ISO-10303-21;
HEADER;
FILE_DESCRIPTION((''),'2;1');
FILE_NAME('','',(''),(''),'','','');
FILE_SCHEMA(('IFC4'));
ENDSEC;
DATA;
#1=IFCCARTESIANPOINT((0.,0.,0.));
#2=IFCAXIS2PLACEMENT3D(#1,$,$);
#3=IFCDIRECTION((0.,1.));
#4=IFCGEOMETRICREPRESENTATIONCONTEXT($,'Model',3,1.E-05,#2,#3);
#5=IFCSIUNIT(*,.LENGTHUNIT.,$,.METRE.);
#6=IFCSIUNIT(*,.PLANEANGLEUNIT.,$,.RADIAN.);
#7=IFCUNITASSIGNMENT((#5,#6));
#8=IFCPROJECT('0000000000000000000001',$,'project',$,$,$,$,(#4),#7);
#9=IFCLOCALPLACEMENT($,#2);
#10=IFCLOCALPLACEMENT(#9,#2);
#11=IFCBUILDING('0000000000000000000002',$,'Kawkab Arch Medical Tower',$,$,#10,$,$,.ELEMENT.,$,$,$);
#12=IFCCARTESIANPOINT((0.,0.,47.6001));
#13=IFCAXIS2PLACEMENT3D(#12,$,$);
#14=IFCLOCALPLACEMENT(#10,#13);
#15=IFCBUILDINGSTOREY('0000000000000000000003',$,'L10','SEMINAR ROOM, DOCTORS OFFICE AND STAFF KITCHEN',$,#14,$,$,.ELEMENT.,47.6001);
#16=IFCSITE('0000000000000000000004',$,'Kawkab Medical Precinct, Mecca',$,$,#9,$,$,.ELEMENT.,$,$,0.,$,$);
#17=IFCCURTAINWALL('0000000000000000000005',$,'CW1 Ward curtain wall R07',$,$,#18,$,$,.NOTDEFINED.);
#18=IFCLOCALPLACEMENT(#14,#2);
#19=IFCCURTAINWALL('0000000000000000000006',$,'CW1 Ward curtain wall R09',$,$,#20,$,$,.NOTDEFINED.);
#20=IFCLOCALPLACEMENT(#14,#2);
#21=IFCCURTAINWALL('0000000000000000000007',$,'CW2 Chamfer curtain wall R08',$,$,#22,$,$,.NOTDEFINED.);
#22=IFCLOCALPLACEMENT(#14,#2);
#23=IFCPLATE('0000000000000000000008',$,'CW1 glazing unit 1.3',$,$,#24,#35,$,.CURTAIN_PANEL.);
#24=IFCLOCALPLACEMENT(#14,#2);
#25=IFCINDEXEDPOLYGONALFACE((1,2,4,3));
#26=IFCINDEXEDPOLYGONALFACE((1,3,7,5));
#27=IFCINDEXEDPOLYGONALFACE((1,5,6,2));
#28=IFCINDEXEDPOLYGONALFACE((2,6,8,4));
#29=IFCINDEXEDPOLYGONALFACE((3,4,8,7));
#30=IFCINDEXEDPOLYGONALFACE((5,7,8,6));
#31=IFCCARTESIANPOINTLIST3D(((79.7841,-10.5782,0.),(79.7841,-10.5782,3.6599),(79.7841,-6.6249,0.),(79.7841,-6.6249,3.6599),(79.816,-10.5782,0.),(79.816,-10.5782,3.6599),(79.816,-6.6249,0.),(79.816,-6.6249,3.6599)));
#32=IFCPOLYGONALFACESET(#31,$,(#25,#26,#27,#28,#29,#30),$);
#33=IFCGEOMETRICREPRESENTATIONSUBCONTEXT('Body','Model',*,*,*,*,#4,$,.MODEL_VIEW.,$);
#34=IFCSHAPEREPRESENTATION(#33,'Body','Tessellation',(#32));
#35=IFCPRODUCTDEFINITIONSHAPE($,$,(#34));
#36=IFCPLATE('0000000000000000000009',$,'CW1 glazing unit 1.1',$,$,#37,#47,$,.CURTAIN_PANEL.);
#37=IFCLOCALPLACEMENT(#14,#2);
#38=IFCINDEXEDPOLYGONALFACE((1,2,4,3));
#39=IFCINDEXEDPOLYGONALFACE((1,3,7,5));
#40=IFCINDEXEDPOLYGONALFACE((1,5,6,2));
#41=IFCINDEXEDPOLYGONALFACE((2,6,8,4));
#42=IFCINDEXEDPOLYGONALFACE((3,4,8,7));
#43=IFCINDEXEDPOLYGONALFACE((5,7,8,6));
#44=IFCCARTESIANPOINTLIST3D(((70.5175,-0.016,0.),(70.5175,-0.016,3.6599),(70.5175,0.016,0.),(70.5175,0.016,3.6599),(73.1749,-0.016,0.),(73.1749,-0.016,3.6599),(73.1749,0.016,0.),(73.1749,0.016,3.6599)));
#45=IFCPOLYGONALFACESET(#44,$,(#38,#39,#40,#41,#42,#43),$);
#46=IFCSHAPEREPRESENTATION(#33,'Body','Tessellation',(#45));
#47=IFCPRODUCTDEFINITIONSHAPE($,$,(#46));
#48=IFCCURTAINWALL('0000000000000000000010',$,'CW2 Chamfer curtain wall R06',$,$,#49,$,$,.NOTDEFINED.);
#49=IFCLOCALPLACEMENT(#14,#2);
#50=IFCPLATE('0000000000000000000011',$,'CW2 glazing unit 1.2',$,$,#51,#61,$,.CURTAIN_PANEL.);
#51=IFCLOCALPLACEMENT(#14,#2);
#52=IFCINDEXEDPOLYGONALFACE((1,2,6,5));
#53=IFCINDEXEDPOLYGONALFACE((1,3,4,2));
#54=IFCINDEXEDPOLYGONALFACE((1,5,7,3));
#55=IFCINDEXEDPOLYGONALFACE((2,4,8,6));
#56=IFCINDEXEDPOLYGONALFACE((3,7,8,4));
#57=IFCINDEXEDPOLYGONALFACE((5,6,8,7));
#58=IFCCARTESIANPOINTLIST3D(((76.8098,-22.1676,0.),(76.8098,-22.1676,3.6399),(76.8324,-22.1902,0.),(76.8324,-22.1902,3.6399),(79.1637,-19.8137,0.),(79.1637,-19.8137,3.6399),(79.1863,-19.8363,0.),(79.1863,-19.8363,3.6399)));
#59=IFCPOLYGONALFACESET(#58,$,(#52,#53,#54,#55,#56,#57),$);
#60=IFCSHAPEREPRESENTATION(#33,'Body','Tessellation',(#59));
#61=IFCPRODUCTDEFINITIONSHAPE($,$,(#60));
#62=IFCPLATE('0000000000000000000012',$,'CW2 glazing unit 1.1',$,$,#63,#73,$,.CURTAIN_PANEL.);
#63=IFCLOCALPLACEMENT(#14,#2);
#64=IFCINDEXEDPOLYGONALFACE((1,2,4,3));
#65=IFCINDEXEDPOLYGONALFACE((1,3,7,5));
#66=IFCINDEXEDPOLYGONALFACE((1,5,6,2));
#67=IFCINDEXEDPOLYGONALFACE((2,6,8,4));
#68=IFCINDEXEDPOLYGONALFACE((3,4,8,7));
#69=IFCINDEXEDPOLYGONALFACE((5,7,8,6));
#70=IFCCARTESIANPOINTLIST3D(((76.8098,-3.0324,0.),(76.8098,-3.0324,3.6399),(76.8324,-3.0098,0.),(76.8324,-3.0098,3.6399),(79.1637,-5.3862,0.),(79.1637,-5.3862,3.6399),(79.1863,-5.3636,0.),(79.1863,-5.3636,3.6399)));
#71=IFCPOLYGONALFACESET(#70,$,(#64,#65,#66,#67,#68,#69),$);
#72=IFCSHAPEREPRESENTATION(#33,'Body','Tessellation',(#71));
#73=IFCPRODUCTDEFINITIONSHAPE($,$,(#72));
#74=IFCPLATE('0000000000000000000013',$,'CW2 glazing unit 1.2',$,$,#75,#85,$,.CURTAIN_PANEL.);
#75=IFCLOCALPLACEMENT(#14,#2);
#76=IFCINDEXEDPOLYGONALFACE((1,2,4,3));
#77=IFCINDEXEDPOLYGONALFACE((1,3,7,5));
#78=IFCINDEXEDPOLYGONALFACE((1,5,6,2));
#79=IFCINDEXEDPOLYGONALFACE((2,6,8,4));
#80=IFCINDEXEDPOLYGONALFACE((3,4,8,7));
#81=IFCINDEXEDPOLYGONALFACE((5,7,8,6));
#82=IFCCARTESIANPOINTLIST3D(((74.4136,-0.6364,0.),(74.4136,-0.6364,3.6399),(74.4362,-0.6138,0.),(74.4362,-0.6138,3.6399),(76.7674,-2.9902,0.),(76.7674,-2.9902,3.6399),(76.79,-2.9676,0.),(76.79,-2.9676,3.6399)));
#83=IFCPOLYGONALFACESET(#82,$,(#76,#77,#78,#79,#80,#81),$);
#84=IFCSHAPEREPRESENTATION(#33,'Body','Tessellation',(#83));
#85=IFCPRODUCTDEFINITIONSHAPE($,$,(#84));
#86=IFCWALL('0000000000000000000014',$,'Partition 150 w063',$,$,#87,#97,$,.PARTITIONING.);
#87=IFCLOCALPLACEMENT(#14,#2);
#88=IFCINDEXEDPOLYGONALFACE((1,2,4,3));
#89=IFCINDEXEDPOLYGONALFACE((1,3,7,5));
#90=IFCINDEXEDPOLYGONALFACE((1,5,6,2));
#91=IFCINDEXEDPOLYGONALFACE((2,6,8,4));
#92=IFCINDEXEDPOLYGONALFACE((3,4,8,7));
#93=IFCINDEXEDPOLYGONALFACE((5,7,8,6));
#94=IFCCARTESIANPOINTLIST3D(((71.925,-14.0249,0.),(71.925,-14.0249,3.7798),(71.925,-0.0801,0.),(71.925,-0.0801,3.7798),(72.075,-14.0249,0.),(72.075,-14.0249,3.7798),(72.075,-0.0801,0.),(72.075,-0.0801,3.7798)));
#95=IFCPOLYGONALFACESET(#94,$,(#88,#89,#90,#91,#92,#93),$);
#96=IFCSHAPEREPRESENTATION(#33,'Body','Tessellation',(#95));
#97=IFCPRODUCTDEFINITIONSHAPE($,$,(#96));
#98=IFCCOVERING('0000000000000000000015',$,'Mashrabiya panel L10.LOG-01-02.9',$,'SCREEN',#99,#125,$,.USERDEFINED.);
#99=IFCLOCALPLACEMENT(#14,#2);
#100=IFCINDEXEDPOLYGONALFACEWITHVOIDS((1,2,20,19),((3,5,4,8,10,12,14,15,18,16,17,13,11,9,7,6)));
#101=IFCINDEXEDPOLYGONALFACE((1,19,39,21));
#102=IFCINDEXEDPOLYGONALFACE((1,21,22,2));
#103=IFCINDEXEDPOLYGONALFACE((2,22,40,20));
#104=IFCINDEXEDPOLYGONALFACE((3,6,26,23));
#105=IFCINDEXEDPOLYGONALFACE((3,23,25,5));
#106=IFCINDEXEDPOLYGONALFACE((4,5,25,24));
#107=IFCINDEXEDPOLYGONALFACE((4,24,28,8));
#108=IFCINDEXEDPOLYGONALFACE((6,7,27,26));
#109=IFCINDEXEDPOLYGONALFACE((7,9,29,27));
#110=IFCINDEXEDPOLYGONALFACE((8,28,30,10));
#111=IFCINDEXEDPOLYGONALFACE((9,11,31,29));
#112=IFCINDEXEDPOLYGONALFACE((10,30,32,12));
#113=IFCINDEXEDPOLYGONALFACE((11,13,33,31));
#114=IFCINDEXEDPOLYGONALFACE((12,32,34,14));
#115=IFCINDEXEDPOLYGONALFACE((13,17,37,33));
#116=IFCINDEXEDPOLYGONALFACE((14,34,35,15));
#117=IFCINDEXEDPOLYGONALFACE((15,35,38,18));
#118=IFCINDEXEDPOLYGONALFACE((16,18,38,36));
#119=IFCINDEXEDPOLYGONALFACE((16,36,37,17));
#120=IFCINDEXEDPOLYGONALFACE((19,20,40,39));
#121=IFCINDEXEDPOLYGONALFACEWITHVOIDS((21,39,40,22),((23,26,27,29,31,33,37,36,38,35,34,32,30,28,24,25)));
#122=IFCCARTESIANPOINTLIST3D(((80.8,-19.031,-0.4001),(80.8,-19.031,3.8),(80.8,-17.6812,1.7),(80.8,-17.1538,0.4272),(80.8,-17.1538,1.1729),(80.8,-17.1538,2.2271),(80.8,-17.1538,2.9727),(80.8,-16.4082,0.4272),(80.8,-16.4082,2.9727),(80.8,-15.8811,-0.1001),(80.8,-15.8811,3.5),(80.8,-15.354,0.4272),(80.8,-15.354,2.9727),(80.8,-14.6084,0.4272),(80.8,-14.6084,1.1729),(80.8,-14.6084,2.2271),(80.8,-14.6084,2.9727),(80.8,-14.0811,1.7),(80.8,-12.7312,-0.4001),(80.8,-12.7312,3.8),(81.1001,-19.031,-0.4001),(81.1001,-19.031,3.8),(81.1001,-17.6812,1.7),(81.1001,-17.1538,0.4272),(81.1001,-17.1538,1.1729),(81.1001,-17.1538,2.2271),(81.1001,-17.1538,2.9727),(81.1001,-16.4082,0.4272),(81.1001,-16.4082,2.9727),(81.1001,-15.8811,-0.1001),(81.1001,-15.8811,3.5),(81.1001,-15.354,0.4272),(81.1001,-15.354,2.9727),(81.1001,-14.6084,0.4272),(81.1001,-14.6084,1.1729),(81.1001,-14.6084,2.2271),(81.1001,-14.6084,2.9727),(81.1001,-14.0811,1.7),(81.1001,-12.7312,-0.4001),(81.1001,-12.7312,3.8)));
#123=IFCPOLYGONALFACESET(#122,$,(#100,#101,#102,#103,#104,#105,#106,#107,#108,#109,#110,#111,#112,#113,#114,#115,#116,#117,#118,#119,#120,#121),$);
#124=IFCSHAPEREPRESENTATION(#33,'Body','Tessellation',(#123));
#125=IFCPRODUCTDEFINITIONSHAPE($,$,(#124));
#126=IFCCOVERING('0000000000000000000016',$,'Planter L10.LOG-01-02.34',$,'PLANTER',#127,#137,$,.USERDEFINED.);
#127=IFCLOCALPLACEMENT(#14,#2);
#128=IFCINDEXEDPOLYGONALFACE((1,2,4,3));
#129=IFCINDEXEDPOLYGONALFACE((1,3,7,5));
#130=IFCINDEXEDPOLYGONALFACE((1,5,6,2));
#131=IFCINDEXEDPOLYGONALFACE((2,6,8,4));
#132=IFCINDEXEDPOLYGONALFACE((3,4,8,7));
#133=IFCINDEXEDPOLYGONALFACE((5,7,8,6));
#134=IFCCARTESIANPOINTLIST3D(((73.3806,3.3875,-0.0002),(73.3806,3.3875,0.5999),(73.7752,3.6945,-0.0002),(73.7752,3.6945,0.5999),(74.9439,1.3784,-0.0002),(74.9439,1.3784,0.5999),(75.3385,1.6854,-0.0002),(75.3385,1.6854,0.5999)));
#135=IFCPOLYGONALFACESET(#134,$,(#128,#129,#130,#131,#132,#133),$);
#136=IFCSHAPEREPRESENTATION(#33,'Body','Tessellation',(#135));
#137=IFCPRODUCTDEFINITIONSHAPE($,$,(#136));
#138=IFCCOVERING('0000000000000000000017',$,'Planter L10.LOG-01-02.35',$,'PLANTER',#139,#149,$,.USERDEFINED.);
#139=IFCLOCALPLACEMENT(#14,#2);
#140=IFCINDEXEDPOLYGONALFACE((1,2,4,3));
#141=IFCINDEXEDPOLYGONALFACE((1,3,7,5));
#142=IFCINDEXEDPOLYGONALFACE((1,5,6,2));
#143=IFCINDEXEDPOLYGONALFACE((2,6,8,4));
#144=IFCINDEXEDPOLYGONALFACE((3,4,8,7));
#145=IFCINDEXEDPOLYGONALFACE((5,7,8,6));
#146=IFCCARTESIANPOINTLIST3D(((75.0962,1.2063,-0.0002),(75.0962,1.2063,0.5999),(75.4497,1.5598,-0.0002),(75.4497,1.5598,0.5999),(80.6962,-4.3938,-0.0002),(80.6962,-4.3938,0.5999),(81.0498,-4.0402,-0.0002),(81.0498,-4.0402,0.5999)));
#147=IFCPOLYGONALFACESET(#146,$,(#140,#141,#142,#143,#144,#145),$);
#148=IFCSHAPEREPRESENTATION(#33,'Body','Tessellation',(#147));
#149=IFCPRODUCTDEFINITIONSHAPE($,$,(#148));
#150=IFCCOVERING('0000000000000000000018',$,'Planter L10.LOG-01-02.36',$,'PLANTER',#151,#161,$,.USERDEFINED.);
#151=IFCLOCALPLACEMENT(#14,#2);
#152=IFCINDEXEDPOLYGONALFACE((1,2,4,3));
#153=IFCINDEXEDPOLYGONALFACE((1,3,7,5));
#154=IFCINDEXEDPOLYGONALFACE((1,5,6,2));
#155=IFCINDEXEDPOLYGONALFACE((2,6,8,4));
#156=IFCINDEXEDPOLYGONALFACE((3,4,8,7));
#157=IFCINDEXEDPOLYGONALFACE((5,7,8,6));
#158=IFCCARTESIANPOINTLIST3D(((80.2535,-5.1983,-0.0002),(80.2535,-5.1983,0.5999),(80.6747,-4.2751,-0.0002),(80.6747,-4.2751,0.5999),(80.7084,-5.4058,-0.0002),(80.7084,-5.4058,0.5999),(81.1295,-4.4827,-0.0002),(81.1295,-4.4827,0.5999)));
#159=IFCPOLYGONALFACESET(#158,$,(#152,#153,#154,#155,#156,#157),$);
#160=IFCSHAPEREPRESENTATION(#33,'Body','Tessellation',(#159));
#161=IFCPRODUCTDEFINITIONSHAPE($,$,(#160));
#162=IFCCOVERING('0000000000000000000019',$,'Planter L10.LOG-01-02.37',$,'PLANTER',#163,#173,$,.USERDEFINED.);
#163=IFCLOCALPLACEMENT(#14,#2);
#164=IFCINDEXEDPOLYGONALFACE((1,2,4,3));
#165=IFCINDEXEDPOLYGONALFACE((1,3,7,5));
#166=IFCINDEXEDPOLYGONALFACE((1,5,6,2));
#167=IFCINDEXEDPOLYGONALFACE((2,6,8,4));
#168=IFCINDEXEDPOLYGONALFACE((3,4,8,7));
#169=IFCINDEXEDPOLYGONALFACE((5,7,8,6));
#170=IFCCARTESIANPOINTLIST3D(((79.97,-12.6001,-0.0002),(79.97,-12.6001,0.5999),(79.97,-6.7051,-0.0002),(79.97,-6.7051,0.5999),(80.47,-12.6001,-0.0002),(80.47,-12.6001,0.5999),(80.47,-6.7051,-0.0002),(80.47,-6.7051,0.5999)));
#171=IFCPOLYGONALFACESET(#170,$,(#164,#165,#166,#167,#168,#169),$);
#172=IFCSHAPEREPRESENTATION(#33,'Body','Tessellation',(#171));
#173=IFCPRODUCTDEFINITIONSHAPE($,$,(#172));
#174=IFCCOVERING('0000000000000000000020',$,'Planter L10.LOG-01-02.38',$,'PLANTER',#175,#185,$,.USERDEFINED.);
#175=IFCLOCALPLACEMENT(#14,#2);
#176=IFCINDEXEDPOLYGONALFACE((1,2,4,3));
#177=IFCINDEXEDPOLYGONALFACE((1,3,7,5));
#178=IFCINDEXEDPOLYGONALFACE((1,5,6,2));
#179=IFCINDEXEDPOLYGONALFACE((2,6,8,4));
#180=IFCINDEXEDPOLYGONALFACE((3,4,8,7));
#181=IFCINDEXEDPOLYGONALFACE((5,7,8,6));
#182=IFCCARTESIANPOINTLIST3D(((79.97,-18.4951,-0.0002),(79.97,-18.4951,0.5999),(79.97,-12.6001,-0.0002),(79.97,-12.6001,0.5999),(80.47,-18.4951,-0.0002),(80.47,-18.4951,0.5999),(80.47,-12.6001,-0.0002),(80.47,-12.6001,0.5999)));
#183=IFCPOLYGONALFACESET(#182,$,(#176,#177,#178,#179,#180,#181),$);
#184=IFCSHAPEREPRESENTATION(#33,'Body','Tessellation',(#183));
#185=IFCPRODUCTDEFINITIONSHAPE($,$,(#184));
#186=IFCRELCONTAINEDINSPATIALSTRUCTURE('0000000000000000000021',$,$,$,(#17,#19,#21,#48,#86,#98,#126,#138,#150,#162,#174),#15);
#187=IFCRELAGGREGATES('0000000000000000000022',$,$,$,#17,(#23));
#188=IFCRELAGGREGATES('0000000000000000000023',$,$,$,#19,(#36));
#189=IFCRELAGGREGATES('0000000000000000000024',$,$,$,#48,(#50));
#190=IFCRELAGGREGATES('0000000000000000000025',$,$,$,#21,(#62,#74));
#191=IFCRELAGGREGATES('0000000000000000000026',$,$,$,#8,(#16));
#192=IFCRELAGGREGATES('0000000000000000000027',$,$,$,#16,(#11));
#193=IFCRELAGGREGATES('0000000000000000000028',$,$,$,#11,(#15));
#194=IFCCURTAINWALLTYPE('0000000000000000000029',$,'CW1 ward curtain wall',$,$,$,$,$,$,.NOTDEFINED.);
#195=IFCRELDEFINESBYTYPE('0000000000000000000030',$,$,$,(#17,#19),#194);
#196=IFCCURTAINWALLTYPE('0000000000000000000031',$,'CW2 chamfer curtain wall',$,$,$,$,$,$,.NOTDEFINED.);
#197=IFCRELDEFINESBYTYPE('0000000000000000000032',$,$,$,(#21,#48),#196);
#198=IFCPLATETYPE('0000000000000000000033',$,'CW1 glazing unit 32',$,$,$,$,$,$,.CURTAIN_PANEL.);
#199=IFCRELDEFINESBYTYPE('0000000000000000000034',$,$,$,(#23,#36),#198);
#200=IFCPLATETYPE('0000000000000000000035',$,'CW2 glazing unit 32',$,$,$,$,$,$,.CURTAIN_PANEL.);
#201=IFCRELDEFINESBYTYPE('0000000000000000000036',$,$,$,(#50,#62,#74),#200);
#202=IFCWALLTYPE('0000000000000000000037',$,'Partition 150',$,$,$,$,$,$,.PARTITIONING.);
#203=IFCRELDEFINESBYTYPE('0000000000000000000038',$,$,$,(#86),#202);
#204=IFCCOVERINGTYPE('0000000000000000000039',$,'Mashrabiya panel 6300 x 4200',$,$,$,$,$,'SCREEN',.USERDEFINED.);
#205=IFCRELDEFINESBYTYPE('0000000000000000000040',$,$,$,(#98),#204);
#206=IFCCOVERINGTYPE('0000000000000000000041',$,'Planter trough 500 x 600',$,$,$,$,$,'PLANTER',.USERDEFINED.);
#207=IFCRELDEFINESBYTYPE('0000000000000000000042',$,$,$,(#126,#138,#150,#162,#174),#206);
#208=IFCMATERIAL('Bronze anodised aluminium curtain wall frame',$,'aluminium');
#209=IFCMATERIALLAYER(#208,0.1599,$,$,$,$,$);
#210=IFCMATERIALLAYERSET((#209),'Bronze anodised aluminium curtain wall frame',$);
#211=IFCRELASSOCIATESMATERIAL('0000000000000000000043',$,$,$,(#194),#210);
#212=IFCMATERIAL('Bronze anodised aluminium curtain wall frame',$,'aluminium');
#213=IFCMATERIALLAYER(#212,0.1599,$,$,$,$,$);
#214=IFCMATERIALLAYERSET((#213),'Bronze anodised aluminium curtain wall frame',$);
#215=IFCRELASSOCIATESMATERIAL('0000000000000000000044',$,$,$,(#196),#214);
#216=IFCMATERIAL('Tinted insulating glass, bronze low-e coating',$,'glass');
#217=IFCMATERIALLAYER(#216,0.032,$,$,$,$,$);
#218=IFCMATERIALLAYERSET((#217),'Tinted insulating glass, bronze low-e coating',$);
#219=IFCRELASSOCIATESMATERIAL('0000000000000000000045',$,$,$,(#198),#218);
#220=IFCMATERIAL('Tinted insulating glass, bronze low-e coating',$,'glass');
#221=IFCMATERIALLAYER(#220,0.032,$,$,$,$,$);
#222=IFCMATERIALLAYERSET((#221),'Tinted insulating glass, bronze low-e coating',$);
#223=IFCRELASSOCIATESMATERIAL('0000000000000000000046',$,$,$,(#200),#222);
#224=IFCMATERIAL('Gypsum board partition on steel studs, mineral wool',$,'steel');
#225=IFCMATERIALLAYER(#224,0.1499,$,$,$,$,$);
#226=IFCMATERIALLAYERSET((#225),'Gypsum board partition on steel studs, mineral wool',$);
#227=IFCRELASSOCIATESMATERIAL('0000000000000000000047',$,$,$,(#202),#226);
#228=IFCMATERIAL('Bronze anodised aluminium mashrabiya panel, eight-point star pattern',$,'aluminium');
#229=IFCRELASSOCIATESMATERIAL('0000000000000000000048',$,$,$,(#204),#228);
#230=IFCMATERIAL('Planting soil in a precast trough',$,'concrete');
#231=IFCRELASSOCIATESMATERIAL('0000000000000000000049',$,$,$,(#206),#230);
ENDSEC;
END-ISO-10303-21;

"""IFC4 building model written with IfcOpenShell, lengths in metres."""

from ifc_helpers import new_model, si_unit, direction, frame, frame_2d, origin, origin_2d, place, context, subcontext, project, spatial, polyline, rectangle, outline, extrude, material, layer, layer_set, material_profile, profile_set, type_object, element, aggregate, save


model = new_model("IFC4")

# Units and contexts
model_context = context("Model", 3, precision=1e-05, world=origin(), true_north=direction((0.0, 1.0)))
body_context = subcontext(model_context, "Body", "Model", "MODEL_VIEW")
ifc_project = project(units=[si_unit("LENGTHUNIT", "METRE"), si_unit("PLANEANGLEUNIT", "RADIAN")], contexts=[model_context])

# Site, building, storey
site_placement = place(None, origin())
site = spatial("IfcSite", under=ifc_project, at=site_placement, Name="Kawkab Medical Precinct, Mecca", CompositionType="ELEMENT", RefElevation=0.0)
building_placement = place(site_placement, origin())
building = spatial("IfcBuilding", under=site, at=building_placement, Name="Kawkab Arch Medical Tower", CompositionType="ELEMENT")
storey_placement = place(building_placement, frame((0.0, 0.0, 47.6001)))
storey = spatial("IfcBuildingStorey", under=building, at=storey_placement, Name="L10", Description="SEMINAR ROOM, DOCTORS OFFICE AND STAFF KITCHEN", CompositionType="ELEMENT", Elevation=47.6001)

# Curtain wall
ifc_material_1 = material(Name="Bronze anodised aluminium curtain wall frame", Category="aluminium")
ifc_layer_1 = layer(ifc_material_1, 0.1599)
ifc_layer_set_1 = layer_set([ifc_layer_1], Name="Bronze anodised aluminium curtain wall frame")
curtain_wall_type_1 = type_object("IfcCurtainWallType", Name="CW1 ward curtain wall", PredefinedType="NOTDEFINED", material=ifc_layer_set_1)
placement = place(storey_placement, origin())
curtain_wall_1 = element("IfcCurtainWall", 1, at=placement, inside=storey, type_object=curtain_wall_type_1, Name="CW1 Ward curtain wall R07", PredefinedType="NOTDEFINED")

# Curtain wall
curtain_wall_2 = element("IfcCurtainWall", 2, at=placement, inside=storey, type_object=curtain_wall_type_1, Name="CW1 Ward curtain wall R09", PredefinedType="NOTDEFINED")

# Curtain wall
ifc_material_2 = material(Name="Bronze anodised aluminium curtain wall frame", Category="aluminium")
ifc_layer_2 = layer(ifc_material_2, 0.1599)
ifc_layer_set_2 = layer_set([ifc_layer_2], Name="Bronze anodised aluminium curtain wall frame")
curtain_wall_type_2 = type_object("IfcCurtainWallType", Name="CW2 chamfer curtain wall", PredefinedType="NOTDEFINED", material=ifc_layer_set_2)
curtain_wall_3 = element("IfcCurtainWall", 3, at=placement, inside=storey, type_object=curtain_wall_type_2, Name="CW2 Chamfer curtain wall R08", PredefinedType="NOTDEFINED")

# Plates
ifc_material_3 = material(Name="Tinted insulating glass, bronze low-e coating", Category="glass")
ifc_layer_3 = layer(ifc_material_3, 0.032)
ifc_layer_set_3 = layer_set([ifc_layer_3], Name="Tinted insulating glass, bronze low-e coating")
plate_type_1 = type_object("IfcPlateType", Name="CW1 glazing unit 32", PredefinedType="CURTAIN_PANEL", material=ifc_layer_set_3)
plate_1_placement = place(storey_placement, frame((79.8, -8.6016, 0.0), z_axis=(0.0, 0.0, 1.0), x_axis=(0.0, 1.0, 0.0)))
plate_1 = element("IfcPlate", 4, at=plate_1_placement, type_object=plate_type_1, Name="CW1 glazing unit 1.3", PredefinedType="CURTAIN_PANEL", context=body_context, shape_type="SweptSolid", body=[
    extrude(rectangle(XDim=3.9534, YDim=0.032, at=origin_2d()), origin(), (0.0, 0.0, 1.0), 3.6599),
])
aggregate(curtain_wall_1, [plate_1])
plate_2_placement = place(storey_placement, frame((71.8462, 0.0, 0.0), z_axis=(0.0, 0.0, 1.0), x_axis=(-1.0, 0.0, 0.0)))
plate_2 = element("IfcPlate", 5, at=plate_2_placement, type_object=plate_type_1, Name="CW1 glazing unit 1.1", PredefinedType="CURTAIN_PANEL", context=body_context, shape_type="SweptSolid", body=[
    extrude(rectangle(XDim=2.6575, YDim=0.032, at=origin_2d()), origin(), (0.0, 0.0, 1.0), 3.6599),
])
aggregate(curtain_wall_2, [plate_2])

# Curtain wall, plate
curtain_wall_4 = element("IfcCurtainWall", 6, at=placement, inside=storey, type_object=curtain_wall_type_2, Name="CW2 Chamfer curtain wall R06", PredefinedType="NOTDEFINED")
ifc_material_4 = material(Name="Tinted insulating glass, bronze low-e coating", Category="glass")
ifc_layer_4 = layer(ifc_material_4, 0.032)
ifc_layer_set_4 = layer_set([ifc_layer_4], Name="Tinted insulating glass, bronze low-e coating")
plate_type_2 = type_object("IfcPlateType", Name="CW2 glazing unit 32", PredefinedType="CURTAIN_PANEL", material=ifc_layer_set_4)
plate_3_placement = place(storey_placement, frame((77.998, -21.002, 0.0), z_axis=(0.0, 0.0, 1.0), x_axis=(0.707107, 0.707107, 0.0)))
plate_3 = element("IfcPlate", 7, at=plate_3_placement, type_object=plate_type_2, Name="CW2 glazing unit 1.2", PredefinedType="CURTAIN_PANEL", context=body_context, shape_type="SweptSolid", body=[
    extrude(rectangle(XDim=3.3289, YDim=0.032, at=origin_2d()), origin(), (0.0, 0.0, 1.0), 3.6399),
])
aggregate(curtain_wall_4, [plate_3])

# Plates
plate_4_placement = place(storey_placement, frame((77.998, -4.198, 0.0), z_axis=(0.0, 0.0, 1.0), x_axis=(-0.707107, 0.707107, 0.0)))
plate_4 = element("IfcPlate", 8, at=plate_4_placement, type_object=plate_type_2, Name="CW2 glazing unit 1.1", PredefinedType="CURTAIN_PANEL", context=body_context, shape_type="SweptSolid", body=[
    extrude(rectangle(XDim=3.3289, YDim=0.032, at=origin_2d()), origin(), (0.0, 0.0, 1.0), 3.6399),
])
plate_5_placement = place(storey_placement, frame((75.6018, -1.802, 0.0), z_axis=(0.0, 0.0, 1.0), x_axis=(-0.707107, 0.707107, 0.0)))
plate_5 = element("IfcPlate", 9, at=plate_5_placement, type_object=plate_type_2, Name="CW2 glazing unit 1.2", PredefinedType="CURTAIN_PANEL", context=body_context, shape_type="SweptSolid", body=[
    extrude(rectangle(XDim=3.3289, YDim=0.032, at=origin_2d()), origin(), (0.0, 0.0, 1.0), 3.6399),
])
aggregate(curtain_wall_3, [plate_4, plate_5])

# Wall
ifc_material_5 = material(Name="Gypsum board partition on steel studs, mineral wool", Category="steel")
ifc_layer_5 = layer(ifc_material_5, 0.1499)
ifc_layer_set_5 = layer_set([ifc_layer_5], Name="Gypsum board partition on steel studs, mineral wool")
wall_type = type_object("IfcWallType", Name="Partition 150", PredefinedType="PARTITIONING", material=ifc_layer_set_5)
wall_placement = place(storey_placement, frame((72.0, -14.0249, 0.0), z_axis=(0.0, 0.0, 1.0), x_axis=(0.0, 1.0, 0.0)))
element("IfcWall", 10, at=wall_placement, inside=storey, type_object=wall_type, Name="Partition 150 w063", PredefinedType="PARTITIONING", context=body_context, shape_type="SweptSolid", body=[
    extrude(rectangle(XDim=13.9448, YDim=0.1499, at=frame_2d((6.9724, 0.0))), origin(), (0.0, 0.0, 1.0), 3.7798),
])

# Coverings
ifc_material_6 = material(Name="Bronze anodised aluminium mashrabiya panel, eight-point star pattern", Category="aluminium")
ifc_material_profile_1 = material_profile(ifc_material_6, outline(polyline([(-3.1499, -2.1001), (3.1499, -2.1001), (3.1499, 2.1001), (-3.1499, 2.1001), (-3.1499, -2.1001)]), holes=[polyline([(1.8, 0.0), (1.2727, 0.5271), (1.2727, 1.2727), (0.5271, 1.2727), (0.0, 1.8), (-0.5271, 1.2727), (-1.2727, 1.2727), (-1.2727, 0.5271), (-1.8, 0.0), (-1.2727, -0.5271), (-1.2727, -1.2727), (-0.5271, -1.2727), (0.0, -1.8), (0.5271, -1.2727), (1.2727, -1.2727), (1.2727, -0.5271), (1.8, 0.0)])]), Name="Mashrabiya panel 6300x4200")
ifc_profile_set_1 = profile_set([ifc_material_profile_1], Name="Bronze anodised aluminium mashrabiya panel, eight-point star pattern")
covering_type_1 = type_object("IfcCoveringType", Name="Mashrabiya panel 6300 x 4200", ElementType="SCREEN", PredefinedType="USERDEFINED", material=ifc_profile_set_1)
covering_1_placement = place(storey_placement, frame((80.8, -15.8811, 1.7), z_axis=(1.0, 0.0, 0.0), x_axis=(0.0, 1.0, 0.0)))
element("IfcCovering", 11, at=covering_1_placement, inside=storey, type_object=covering_type_1, Name="Mashrabiya panel L10.LOG-01-02.9", ObjectType="SCREEN", PredefinedType="USERDEFINED", context=body_context, shape_type="SweptSolid", body=[
    extrude(outline(polyline([(-3.1499, -2.1001), (3.1499, -2.1001), (3.1499, 2.1001), (-3.1499, 2.1001), (-3.1499, -2.1001)]), holes=[polyline([(1.8, 0.0), (1.2727, 0.5271), (1.2727, 1.2727), (0.5271, 1.2727), (0.0, 1.8), (-0.5271, 1.2727), (-1.2727, 1.2727), (-1.2727, 0.5271), (-1.8, 0.0), (-1.2727, -0.5271), (-1.2727, -1.2727), (-0.5271, -1.2727), (0.0, -1.8), (0.5271, -1.2727), (1.2727, -1.2727), (1.2727, -0.5271), (1.8, 0.0)])]), origin(), (0.0, 0.0, 1.0), 0.3),
])
ifc_material_7 = material(Name="Planting soil in a precast trough", Category="concrete")
ifc_material_profile_2 = material_profile(ifc_material_7, rectangle(XDim=0.5, YDim=0.6001, at=origin_2d()), Name="Trough 500x600")
ifc_profile_set_2 = profile_set([ifc_material_profile_2], Name="Planting soil in a precast trough")
covering_type_2 = type_object("IfcCoveringType", Name="Planter trough 500 x 600", ElementType="PLANTER", PredefinedType="USERDEFINED", material=ifc_profile_set_2)
covering_2_placement = place(storey_placement, frame((73.5779, 3.541, 0.2998), z_axis=(0.6141, -0.789228, 0.0), x_axis=(0.789228, 0.6141, 0.0)))
element("IfcCovering", 12, at=covering_2_placement, inside=storey, type_object=covering_type_2, Name="Planter L10.LOG-01-02.34", ObjectType="PLANTER", PredefinedType="USERDEFINED", context=body_context, shape_type="SweptSolid", body=[
    extrude(rectangle(XDim=0.5, YDim=0.6001, at=origin_2d()), origin(), (0.0, 0.0, 1.0), 2.5457),
])
covering_3_placement = place(storey_placement, frame((75.2729, 1.3831, 0.2998), z_axis=(0.707107, -0.707107, 0.0), x_axis=(0.707107, 0.707107, 0.0)))
element("IfcCovering", 13, at=covering_3_placement, inside=storey, type_object=covering_type_2, Name="Planter L10.LOG-01-02.35", ObjectType="PLANTER", PredefinedType="USERDEFINED", context=body_context, shape_type="SweptSolid", body=[
    extrude(rectangle(XDim=0.5, YDim=0.6001, at=origin_2d()), origin(), (0.0, 0.0, 1.0), 7.9197),
])
covering_4_placement = place(storey_placement, frame((80.9021, -4.3789, 0.2998), z_axis=(-0.415072, -0.909789, 0.0), x_axis=(0.909789, -0.415072, 0.0)))
element("IfcCovering", 14, at=covering_4_placement, inside=storey, type_object=covering_type_2, Name="Planter L10.LOG-01-02.36", ObjectType="PLANTER", PredefinedType="USERDEFINED", context=body_context, shape_type="SweptSolid", body=[
    extrude(rectangle(XDim=0.5, YDim=0.6001, at=origin_2d()), origin(), (0.0, 0.0, 1.0), 1.0146),
])
for number, where, z_axis, x_axis, name in (
    (15, (80.22, -6.7051, 0.2998), (0.0, -1.0, 0.0), (1.0, 0.0, 0.0), "Planter L10.LOG-01-02.37"),
    (16, (80.22, -12.6001, 0.2998), (0.0, -1.0, 0.0), (1.0, 0.0, 0.0), "Planter L10.LOG-01-02.38"),
):
    element("IfcCovering", number, at=place(storey_placement, frame(where, z_axis=z_axis, x_axis=x_axis)), inside=storey, type_object=covering_type_2, Name=name, ObjectType="PLANTER", PredefinedType="USERDEFINED", context=body_context, shape_type="SweptSolid", body=[
        extrude(rectangle(XDim=0.5, YDim=0.6001, at=origin_2d()), origin(), (0.0, 0.0, 1.0), 5.895),
    ])

save(model, "model.ifc")
